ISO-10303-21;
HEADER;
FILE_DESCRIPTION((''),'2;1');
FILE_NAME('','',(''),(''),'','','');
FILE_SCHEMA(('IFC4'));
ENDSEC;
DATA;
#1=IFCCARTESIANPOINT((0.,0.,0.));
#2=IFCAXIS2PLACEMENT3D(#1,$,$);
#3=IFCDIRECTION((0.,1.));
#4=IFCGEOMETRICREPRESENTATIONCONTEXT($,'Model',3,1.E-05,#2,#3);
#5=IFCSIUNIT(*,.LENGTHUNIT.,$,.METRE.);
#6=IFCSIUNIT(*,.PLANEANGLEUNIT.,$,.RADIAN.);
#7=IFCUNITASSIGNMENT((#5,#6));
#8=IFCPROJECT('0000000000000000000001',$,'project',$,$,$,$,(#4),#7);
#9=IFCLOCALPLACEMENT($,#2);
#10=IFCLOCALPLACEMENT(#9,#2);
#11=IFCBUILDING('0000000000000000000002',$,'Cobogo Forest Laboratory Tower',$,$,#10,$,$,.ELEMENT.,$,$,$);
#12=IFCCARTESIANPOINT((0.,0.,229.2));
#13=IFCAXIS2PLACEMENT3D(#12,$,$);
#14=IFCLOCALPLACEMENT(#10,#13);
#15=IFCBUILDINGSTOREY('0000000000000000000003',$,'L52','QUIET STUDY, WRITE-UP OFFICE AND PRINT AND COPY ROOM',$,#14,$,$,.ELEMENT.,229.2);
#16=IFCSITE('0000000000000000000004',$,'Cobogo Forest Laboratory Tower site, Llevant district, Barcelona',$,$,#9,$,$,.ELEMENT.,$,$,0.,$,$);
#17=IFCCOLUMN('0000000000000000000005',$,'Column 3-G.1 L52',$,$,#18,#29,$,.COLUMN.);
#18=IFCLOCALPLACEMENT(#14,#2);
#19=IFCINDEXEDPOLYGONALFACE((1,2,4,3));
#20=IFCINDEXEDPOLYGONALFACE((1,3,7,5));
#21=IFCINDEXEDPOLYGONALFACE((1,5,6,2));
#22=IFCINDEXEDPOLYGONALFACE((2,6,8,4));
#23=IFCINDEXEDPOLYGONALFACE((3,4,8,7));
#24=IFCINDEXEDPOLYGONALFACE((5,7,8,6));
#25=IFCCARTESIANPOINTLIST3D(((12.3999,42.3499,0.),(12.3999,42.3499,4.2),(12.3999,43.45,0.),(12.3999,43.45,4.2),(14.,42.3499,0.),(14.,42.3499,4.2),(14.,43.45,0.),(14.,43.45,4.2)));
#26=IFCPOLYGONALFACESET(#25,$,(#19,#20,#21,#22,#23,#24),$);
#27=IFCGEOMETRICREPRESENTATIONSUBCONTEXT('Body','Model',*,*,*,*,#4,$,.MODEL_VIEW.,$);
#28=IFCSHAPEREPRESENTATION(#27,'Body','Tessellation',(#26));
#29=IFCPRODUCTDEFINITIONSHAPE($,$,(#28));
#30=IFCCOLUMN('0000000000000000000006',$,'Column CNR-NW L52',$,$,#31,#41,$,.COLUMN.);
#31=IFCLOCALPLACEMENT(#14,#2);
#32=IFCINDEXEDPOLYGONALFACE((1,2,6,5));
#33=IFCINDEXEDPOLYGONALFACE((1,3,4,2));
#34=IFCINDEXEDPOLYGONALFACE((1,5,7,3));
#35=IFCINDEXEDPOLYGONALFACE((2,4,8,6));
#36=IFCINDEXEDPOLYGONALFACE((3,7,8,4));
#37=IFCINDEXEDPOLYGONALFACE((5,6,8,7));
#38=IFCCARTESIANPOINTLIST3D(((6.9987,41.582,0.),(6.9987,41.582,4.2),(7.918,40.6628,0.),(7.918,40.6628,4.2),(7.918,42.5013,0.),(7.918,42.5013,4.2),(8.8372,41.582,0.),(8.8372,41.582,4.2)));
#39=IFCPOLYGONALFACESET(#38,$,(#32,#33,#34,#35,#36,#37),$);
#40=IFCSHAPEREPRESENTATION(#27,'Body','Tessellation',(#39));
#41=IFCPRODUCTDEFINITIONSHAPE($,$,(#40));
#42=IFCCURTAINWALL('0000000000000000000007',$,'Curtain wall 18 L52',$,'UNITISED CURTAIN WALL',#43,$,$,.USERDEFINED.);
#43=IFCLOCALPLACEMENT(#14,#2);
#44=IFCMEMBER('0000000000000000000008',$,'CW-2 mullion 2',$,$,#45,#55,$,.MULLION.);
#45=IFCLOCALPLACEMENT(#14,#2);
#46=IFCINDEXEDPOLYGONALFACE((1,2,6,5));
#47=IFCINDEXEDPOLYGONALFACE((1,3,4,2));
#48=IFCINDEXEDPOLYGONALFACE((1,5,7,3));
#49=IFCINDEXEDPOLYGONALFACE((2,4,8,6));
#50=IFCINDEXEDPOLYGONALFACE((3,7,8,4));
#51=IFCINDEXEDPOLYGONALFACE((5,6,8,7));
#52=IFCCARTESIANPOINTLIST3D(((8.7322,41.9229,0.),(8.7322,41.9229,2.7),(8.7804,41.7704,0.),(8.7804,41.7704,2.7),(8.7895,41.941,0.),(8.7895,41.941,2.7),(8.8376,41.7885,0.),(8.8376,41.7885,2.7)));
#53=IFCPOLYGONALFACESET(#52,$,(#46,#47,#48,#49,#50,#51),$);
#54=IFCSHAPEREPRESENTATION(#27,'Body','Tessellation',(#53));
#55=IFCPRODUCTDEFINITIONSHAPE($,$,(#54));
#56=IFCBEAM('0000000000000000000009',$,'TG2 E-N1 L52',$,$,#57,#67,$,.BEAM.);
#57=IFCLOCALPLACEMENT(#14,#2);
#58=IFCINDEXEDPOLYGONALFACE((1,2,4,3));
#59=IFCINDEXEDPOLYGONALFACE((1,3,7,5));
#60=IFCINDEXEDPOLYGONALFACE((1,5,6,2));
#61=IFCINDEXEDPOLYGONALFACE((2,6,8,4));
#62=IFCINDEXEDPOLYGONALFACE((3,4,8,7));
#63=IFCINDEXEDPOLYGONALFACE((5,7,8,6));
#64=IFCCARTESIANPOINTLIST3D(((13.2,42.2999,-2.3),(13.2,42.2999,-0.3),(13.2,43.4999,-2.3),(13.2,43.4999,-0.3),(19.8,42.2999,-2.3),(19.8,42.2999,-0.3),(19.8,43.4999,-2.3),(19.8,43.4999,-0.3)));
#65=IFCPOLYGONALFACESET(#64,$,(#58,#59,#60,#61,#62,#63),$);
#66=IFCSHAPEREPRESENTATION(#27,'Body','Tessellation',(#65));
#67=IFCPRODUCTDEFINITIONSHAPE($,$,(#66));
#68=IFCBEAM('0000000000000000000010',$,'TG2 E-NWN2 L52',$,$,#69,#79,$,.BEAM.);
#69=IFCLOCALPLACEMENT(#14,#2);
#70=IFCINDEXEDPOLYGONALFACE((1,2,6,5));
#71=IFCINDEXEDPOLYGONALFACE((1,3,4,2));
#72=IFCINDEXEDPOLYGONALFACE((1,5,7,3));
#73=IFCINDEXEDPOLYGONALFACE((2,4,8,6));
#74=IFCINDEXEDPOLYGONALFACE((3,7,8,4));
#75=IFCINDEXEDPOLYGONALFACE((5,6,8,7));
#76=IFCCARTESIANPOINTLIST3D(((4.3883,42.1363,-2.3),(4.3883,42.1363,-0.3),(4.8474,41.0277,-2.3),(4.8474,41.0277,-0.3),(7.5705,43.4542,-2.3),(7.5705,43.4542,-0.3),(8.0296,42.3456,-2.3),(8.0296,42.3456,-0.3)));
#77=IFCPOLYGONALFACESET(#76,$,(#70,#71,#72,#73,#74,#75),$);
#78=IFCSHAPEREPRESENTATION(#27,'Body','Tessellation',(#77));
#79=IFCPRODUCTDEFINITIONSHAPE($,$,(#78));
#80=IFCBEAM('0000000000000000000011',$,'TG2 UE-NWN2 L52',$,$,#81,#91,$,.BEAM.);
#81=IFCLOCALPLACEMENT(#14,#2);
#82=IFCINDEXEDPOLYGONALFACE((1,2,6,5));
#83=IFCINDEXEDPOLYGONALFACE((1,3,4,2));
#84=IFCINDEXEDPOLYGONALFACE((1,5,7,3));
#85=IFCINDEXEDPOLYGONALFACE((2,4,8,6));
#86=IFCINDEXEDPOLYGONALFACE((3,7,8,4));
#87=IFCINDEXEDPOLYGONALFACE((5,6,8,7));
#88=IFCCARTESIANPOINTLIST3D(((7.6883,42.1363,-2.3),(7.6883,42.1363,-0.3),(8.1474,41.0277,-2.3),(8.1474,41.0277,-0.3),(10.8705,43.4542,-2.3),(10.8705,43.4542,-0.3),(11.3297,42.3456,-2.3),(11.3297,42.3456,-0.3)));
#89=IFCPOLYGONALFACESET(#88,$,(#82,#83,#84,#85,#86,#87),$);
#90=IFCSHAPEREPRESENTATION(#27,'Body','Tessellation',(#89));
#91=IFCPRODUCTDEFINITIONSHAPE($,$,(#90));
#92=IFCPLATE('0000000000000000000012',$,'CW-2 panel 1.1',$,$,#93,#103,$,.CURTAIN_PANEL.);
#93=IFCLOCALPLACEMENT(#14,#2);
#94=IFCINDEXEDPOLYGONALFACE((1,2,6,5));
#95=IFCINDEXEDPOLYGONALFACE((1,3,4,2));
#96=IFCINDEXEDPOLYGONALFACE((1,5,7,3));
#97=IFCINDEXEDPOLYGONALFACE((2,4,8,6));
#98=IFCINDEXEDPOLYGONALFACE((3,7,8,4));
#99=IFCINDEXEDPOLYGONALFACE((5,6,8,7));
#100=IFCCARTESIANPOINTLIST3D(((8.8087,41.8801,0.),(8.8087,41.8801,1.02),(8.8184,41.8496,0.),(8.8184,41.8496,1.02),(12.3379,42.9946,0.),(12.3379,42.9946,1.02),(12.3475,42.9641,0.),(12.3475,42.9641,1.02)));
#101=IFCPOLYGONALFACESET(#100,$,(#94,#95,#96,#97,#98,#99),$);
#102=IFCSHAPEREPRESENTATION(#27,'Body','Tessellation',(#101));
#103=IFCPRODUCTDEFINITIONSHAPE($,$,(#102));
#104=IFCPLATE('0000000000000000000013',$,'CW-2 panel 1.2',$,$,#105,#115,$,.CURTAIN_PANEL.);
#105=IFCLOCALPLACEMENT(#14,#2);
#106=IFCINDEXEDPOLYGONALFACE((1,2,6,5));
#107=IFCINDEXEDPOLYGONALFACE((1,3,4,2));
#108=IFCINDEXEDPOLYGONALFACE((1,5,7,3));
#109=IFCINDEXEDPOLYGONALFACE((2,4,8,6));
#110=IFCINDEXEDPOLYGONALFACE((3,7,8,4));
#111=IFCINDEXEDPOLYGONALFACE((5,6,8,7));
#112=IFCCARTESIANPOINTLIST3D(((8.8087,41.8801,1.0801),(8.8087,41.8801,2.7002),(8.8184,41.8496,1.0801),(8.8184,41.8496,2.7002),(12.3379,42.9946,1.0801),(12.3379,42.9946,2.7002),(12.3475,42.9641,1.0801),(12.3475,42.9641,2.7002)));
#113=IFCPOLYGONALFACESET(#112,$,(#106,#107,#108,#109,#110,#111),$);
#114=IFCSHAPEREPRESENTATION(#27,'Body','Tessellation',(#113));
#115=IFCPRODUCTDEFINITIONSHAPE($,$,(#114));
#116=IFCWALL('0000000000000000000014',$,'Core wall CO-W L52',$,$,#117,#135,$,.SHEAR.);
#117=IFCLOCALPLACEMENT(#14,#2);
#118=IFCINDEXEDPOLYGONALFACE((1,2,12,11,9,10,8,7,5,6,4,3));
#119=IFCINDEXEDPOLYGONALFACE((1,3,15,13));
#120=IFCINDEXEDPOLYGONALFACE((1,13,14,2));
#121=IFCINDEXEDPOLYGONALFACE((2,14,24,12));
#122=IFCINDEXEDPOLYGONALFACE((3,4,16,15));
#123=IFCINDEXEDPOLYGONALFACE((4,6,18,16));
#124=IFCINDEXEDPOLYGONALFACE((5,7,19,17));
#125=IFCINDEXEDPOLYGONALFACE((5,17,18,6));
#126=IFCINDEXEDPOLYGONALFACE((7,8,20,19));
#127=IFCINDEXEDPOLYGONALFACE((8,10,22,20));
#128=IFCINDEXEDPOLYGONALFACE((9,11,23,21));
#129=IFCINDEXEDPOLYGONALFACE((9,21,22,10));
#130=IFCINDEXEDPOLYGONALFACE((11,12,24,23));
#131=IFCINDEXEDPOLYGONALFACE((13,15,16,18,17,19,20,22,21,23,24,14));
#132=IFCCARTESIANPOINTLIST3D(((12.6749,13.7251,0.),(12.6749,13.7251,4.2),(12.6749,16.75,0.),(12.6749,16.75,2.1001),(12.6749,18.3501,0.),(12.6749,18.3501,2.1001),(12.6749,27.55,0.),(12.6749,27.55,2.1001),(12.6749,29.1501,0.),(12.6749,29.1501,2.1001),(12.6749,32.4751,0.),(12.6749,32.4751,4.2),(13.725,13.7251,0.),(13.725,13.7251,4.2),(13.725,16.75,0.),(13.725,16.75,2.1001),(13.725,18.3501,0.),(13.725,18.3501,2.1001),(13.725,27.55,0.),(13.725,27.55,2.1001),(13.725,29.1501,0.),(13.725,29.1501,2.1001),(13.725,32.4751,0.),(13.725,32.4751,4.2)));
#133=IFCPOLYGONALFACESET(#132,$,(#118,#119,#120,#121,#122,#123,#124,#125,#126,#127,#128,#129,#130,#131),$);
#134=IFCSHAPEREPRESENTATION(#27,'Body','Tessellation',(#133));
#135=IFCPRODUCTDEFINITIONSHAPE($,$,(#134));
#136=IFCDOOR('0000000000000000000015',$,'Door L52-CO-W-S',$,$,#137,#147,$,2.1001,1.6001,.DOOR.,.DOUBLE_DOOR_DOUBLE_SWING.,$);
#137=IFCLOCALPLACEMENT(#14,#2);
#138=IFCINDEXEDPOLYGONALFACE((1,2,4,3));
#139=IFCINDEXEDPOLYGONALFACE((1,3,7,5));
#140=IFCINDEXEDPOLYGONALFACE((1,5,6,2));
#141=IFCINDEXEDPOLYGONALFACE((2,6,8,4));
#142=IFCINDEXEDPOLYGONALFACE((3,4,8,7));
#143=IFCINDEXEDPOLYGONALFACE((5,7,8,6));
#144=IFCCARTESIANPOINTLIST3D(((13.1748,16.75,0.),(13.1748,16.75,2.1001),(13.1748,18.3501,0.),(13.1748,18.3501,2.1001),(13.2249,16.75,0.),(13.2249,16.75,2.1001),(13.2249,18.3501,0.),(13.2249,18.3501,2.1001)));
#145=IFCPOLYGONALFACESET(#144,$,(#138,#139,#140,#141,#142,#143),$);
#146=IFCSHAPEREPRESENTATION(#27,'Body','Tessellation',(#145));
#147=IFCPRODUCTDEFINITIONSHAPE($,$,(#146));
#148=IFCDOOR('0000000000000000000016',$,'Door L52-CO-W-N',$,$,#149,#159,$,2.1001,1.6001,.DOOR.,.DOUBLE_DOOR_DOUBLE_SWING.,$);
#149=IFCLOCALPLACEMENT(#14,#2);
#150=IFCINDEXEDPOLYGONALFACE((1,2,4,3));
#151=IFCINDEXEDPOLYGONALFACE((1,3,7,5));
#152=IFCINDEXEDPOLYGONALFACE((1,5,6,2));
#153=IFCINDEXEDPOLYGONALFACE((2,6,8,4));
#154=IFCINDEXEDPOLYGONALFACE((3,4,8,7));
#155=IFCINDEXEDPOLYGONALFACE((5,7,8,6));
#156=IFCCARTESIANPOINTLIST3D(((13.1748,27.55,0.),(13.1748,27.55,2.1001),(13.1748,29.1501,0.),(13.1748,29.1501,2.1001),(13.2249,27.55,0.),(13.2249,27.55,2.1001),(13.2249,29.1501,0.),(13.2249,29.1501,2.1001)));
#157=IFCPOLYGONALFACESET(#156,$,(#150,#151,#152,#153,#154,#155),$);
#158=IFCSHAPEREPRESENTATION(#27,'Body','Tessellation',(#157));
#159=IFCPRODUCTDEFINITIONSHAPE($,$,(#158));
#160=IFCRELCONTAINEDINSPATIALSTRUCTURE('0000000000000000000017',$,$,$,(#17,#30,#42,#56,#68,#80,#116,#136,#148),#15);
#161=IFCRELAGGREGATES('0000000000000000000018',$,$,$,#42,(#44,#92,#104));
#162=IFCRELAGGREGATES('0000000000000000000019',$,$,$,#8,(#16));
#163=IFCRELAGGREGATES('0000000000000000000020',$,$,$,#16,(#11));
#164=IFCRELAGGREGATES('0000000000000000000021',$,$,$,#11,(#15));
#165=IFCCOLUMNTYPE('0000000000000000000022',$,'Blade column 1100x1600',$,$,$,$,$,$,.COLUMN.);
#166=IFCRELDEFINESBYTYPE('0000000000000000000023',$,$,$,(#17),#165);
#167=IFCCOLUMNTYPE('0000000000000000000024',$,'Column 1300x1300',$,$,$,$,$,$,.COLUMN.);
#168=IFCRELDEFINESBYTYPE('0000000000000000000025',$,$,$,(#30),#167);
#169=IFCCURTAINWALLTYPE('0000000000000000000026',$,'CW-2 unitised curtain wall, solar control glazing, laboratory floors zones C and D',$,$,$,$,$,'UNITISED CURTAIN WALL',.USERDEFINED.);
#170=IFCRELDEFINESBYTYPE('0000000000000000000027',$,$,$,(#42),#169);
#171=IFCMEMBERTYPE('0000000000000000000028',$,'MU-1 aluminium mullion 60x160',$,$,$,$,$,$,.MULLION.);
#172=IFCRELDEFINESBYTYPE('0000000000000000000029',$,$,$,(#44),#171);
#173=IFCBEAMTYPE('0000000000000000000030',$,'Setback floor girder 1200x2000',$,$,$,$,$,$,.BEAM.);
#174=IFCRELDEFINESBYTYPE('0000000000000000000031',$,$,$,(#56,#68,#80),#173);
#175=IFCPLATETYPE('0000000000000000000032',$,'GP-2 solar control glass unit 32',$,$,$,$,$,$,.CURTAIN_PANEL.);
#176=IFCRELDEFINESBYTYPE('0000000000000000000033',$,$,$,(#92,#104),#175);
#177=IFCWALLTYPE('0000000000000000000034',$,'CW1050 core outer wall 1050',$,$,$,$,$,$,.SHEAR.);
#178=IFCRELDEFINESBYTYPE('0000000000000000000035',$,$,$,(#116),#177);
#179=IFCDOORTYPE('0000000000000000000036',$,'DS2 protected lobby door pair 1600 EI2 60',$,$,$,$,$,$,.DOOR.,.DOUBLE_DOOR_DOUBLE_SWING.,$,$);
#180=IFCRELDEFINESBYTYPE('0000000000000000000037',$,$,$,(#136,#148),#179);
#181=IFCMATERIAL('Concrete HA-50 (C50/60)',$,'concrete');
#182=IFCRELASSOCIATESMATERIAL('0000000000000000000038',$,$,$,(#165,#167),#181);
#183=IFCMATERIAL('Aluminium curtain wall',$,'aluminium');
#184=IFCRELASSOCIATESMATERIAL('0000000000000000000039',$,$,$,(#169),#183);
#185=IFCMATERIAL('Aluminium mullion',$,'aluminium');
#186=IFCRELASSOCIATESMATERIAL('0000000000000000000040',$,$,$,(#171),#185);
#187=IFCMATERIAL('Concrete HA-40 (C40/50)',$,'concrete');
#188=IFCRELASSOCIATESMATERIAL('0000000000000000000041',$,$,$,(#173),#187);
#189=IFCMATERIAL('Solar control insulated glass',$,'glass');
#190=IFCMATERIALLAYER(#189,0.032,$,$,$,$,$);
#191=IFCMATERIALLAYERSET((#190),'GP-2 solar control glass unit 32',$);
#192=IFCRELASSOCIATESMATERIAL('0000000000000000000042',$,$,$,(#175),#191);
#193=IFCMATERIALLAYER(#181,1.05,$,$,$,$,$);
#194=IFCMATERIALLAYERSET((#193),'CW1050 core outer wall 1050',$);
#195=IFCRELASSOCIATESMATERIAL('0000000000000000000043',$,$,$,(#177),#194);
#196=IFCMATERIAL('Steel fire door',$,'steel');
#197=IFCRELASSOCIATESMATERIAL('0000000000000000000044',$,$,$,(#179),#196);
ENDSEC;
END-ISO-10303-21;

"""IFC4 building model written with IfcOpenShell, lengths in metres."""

from ifc_helpers import new_model, si_unit, direction, frame, frame_2d, origin, origin_2d, place, context, subcontext, project, spatial, rectangle, extrude, material, layer, layer_set, material_profile, profile_set, type_object, element, fill, aggregate, save


model = new_model("IFC4")

# Units and contexts
model_context = context("Model", 3, precision=1e-05, world=origin(), true_north=direction((0.0, 1.0)))
body_context = subcontext(model_context, "Body", "Model", "MODEL_VIEW")
ifc_project = project(units=[si_unit("LENGTHUNIT", "METRE"), si_unit("PLANEANGLEUNIT", "RADIAN")], contexts=[model_context])

# Site, building, storey
site_placement = place(None, origin())
site = spatial("IfcSite", under=ifc_project, at=site_placement, Name="Cobogo Forest Laboratory Tower site, Llevant district, Barcelona", CompositionType="ELEMENT", RefElevation=0.0)
building_placement = place(site_placement, origin())
building = spatial("IfcBuilding", under=site, at=building_placement, Name="Cobogo Forest Laboratory Tower", CompositionType="ELEMENT")
storey_placement = place(building_placement, frame((0.0, 0.0, 229.2)))
storey = spatial("IfcBuildingStorey", under=building, at=storey_placement, Name="L52", Description="QUIET STUDY, WRITE-UP OFFICE AND PRINT AND COPY ROOM", CompositionType="ELEMENT", Elevation=229.2)

# Columns
ifc_material_1 = material(Name="Concrete HA-50 (C50/60)", Category="concrete")
ifc_material_profile_1 = material_profile(ifc_material_1, rectangle(XDim=1.6001, YDim=1.1001, at=origin_2d()), Name="RC 1100x1600")
ifc_profile_set_1 = profile_set([ifc_material_profile_1], Name="Concrete HA-50 (C50/60)")
column_type_1 = type_object("IfcColumnType", Name="Blade column 1100x1600", PredefinedType="COLUMN", material=ifc_profile_set_1)
column_1_placement = place(storey_placement, frame((13.2, 42.8999, 0.0), z_axis=(0.0, 0.0, 1.0), x_axis=(1.0, 0.0, 0.0)))
element("IfcColumn", 1, at=column_1_placement, inside=storey, type_object=column_type_1, Name="Column 3-G.1 L52", PredefinedType="COLUMN", context=body_context, shape_type="SweptSolid", body=[
    extrude(rectangle(XDim=1.6001, YDim=1.1001, at=origin_2d()), origin(), (0.0, 0.0, 1.0), 4.2),
])
ifc_material_profile_2 = material_profile(ifc_material_1, rectangle(XDim=1.3, YDim=1.3, at=origin_2d()), Name="RC 1300x1300")
ifc_profile_set_2 = profile_set([ifc_material_profile_2], Name="Concrete HA-50 (C50/60)")
column_type_2 = type_object("IfcColumnType", Name="Column 1300x1300", PredefinedType="COLUMN", material=ifc_profile_set_2)
column_2_placement = place(storey_placement, frame((7.918, 41.582, 0.0), z_axis=(0.0, 0.0, 1.0), x_axis=(0.707107, 0.707107, 0.0)))
element("IfcColumn", 2, at=column_2_placement, inside=storey, type_object=column_type_2, Name="Column CNR-NW L52", PredefinedType="COLUMN", context=body_context, shape_type="SweptSolid", body=[
    extrude(rectangle(XDim=1.3, YDim=1.3, at=origin_2d()), origin(), (0.0, 0.0, 1.0), 4.2),
])

# Curtain wall, member
ifc_material_2 = material(Name="Aluminium curtain wall", Category="aluminium")
curtain_wall_type = type_object("IfcCurtainWallType", Name="CW-2 unitised curtain wall, solar control glazing, laboratory floors zones C and D", ElementType="UNITISED CURTAIN WALL", PredefinedType="USERDEFINED", material=ifc_material_2)
curtain_wall_placement = place(storey_placement, origin())
curtain_wall = element("IfcCurtainWall", 3, at=curtain_wall_placement, inside=storey, type_object=curtain_wall_type, Name="Curtain wall 18 L52", ObjectType="UNITISED CURTAIN WALL", PredefinedType="USERDEFINED")
ifc_material_3 = material(Name="Aluminium mullion", Category="aluminium")
ifc_material_profile_3 = material_profile(ifc_material_3, rectangle(XDim=0.0601, YDim=0.1599, at=origin_2d()), Name="AL 60x160")
ifc_profile_set_3 = profile_set([ifc_material_profile_3], Name="Aluminium mullion")
member_type = type_object("IfcMemberType", Name="MU-1 aluminium mullion 60x160", PredefinedType="MULLION", material=ifc_profile_set_3)
member_placement = place(storey_placement, frame((8.7849, 41.8557, 0.0), z_axis=(0.0, 0.0, 1.0), x_axis=(-0.953581, -0.301136, 0.0)))
member = element("IfcMember", 4, at=member_placement, type_object=member_type, Name="CW-2 mullion 2", PredefinedType="MULLION", context=body_context, shape_type="SweptSolid", body=[
    extrude(rectangle(XDim=0.0601, YDim=0.1599, at=origin_2d()), origin(), (0.0, 0.0, 1.0), 2.7),
])

# Beams
ifc_material_4 = material(Name="Concrete HA-40 (C40/50)", Category="concrete")
ifc_material_profile_4 = material_profile(ifc_material_4, rectangle(XDim=1.2, YDim=2.0, at=origin_2d()), Name="RC 1200x2000")
ifc_profile_set_4 = profile_set([ifc_material_profile_4], Name="Concrete HA-40 (C40/50)")
beam_type = type_object("IfcBeamType", Name="Setback floor girder 1200x2000", PredefinedType="BEAM", material=ifc_profile_set_4)
beam_placement = place(storey_placement, frame((13.2, 42.8999, -1.3), z_axis=(1.0, 0.0, 0.0), x_axis=(0.0, 1.0, 0.0)))
element("IfcBeam", 5, at=beam_placement, inside=storey, type_object=beam_type, Name="TG2 E-N1 L52", PredefinedType="BEAM", context=body_context, shape_type="SweptSolid", body=[
    extrude(rectangle(XDim=1.2, YDim=2.0, at=origin_2d()), origin(), (0.0, 0.0, 1.0), 6.6001),
])
for number, where, z_axis, x_axis, name in (
    (6, (7.8, 42.8999, -1.3), (-0.923901, -0.382631, 0.0), (0.382631, -0.923901, 0.0), "TG2 E-NWN2 L52"),
    (7, (11.1001, 42.8999, -1.3), (-0.923901, -0.382631, 0.0), (0.382631, -0.923901, 0.0), "TG2 UE-NWN2 L52"),
):
    element("IfcBeam", number, at=place(storey_placement, frame(where, z_axis=z_axis, x_axis=x_axis)), inside=storey, type_object=beam_type, Name=name, PredefinedType="BEAM", context=body_context, shape_type="SweptSolid", body=[
        extrude(rectangle(XDim=1.2, YDim=2.0, at=origin_2d()), origin(), (0.0, 0.0, 1.0), 3.4443),
    ])

# Plates
ifc_material_5 = material(Name="Solar control insulated glass", Category="glass")
ifc_layer_1 = layer(ifc_material_5, 0.032)
ifc_layer_set_1 = layer_set([ifc_layer_1], Name="GP-2 solar control glass unit 32")
plate_type = type_object("IfcPlateType", Name="GP-2 solar control glass unit 32", PredefinedType="CURTAIN_PANEL", material=ifc_layer_set_1)
plate_1_placement = place(storey_placement, frame((10.5781, 42.4221, 0.0), z_axis=(0.0, 0.0, 1.0), x_axis=(-0.953581, -0.301136, 0.0)))
plate_1 = element("IfcPlate", 8, at=plate_1_placement, type_object=plate_type, Name="CW-2 panel 1.1", PredefinedType="CURTAIN_PANEL", context=body_context, shape_type="SweptSolid", body=[
    extrude(rectangle(XDim=3.7009, YDim=0.032, at=origin_2d()), origin(), (0.0, 0.0, 1.0), 1.02),
])
plate_2_placement = place(storey_placement, frame((10.5781, 42.4221, 1.0801), z_axis=(0.0, 0.0, 1.0), x_axis=(-0.953581, -0.301136, 0.0)))
plate_2 = element("IfcPlate", 9, at=plate_2_placement, type_object=plate_type, Name="CW-2 panel 1.2", PredefinedType="CURTAIN_PANEL", context=body_context, shape_type="SweptSolid", body=[
    extrude(rectangle(XDim=3.7009, YDim=0.032, at=origin_2d()), origin(), (0.0, 0.0, 1.0), 1.6201),
])
aggregate(curtain_wall, [member, plate_1, plate_2])

# Wall, openings, doors
ifc_layer_2 = layer(ifc_material_1, 1.05)
ifc_layer_set_2 = layer_set([ifc_layer_2], Name="CW1050 core outer wall 1050")
wall_type_1 = type_object("IfcWallType", Name="CW1050 core outer wall 1050", PredefinedType="SHEAR", material=ifc_layer_set_2)
wall_1_placement = place(storey_placement, frame((13.2, 32.4751, 0.0), z_axis=(0.0, 0.0, 1.0), x_axis=(0.0, -1.0, 0.0)))
wall_1 = element("IfcWall", 10, at=wall_1_placement, inside=storey, type_object=wall_type_1, Name="Core wall CO-W L52", PredefinedType="SHEAR", context=body_context, shape_type="SweptSolid", body=[
    extrude(rectangle(XDim=18.75, YDim=1.05, at=frame_2d((9.375, 0.0))), origin(), (0.0, 0.0, 1.0), 4.2),
])
opening_1_placement = place(wall_1_placement, frame((14.125, 0.0, 0.0)))
opening_1 = element("IfcOpeningElement", 11, at=opening_1_placement, cuts=wall_1, PredefinedType="OPENING", context=body_context, shape_type="SweptSolid", body=[
    extrude(rectangle(XDim=1.6001, YDim=2.1001, at=frame_2d((0.8, 1.05))), frame((0.0, 0.5349, 0.0), z_axis=(0.0, -1.0, 0.0), x_axis=(1.0, 0.0, 0.0)), (0.0, 0.0, 1.0), 1.0701),
])
opening_2_placement = place(wall_1_placement, frame((3.325, 0.0, 0.0)))
opening_2 = element("IfcOpeningElement", 12, at=opening_2_placement, cuts=wall_1, PredefinedType="OPENING", context=body_context, shape_type="SweptSolid", body=[
    extrude(rectangle(XDim=1.6001, YDim=2.1001, at=frame_2d((0.8, 1.05))), frame((0.0, 0.5349, 0.0), z_axis=(0.0, -1.0, 0.0), x_axis=(1.0, 0.0, 0.0)), (0.0, 0.0, 1.0), 1.0701),
])
ifc_material_6 = material(Name="Steel fire door", Category="steel")
door_type_1 = type_object("IfcDoorType", Name="DS2 protected lobby door pair 1600 EI2 60", OperationType="DOUBLE_DOOR_DOUBLE_SWING", PredefinedType="DOOR", material=ifc_material_6)
door_1_placement = place(opening_1_placement, origin())
door_1 = element("IfcDoor", 13, at=door_1_placement, inside=storey, type_object=door_type_1, Name="Door L52-CO-W-S", OperationType="DOUBLE_DOOR_DOUBLE_SWING", OverallHeight=2.1001, OverallWidth=1.6001, PredefinedType="DOOR", context=body_context, shape_type="SweptSolid", body=[
    extrude(rectangle(XDim=1.6001, YDim=2.1001, at=frame_2d((0.8, 1.05))), frame((0.0, 0.0249, 0.0), z_axis=(0.0, -1.0, 0.0), x_axis=(1.0, 0.0, 0.0)), (0.0, 0.0, 1.0), 0.05),
])
fill(opening_1, door_1)
door_2_placement = place(opening_2_placement, origin())
door_2 = element("IfcDoor", 14, at=door_2_placement, inside=storey, type_object=door_type_1, Name="Door L52-CO-W-N", OperationType="DOUBLE_DOOR_DOUBLE_SWING", OverallHeight=2.1001, OverallWidth=1.6001, PredefinedType="DOOR", context=body_context, shape_type="SweptSolid", body=[
    extrude(rectangle(XDim=1.6001, YDim=2.1001, at=frame_2d((0.8, 1.05))), frame((0.0, 0.0249, 0.0), z_axis=(0.0, -1.0, 0.0), x_axis=(1.0, 0.0, 0.0)), (0.0, 0.0, 1.0), 0.05),
])
fill(opening_2, door_2)

save(model, "model.ifc")
